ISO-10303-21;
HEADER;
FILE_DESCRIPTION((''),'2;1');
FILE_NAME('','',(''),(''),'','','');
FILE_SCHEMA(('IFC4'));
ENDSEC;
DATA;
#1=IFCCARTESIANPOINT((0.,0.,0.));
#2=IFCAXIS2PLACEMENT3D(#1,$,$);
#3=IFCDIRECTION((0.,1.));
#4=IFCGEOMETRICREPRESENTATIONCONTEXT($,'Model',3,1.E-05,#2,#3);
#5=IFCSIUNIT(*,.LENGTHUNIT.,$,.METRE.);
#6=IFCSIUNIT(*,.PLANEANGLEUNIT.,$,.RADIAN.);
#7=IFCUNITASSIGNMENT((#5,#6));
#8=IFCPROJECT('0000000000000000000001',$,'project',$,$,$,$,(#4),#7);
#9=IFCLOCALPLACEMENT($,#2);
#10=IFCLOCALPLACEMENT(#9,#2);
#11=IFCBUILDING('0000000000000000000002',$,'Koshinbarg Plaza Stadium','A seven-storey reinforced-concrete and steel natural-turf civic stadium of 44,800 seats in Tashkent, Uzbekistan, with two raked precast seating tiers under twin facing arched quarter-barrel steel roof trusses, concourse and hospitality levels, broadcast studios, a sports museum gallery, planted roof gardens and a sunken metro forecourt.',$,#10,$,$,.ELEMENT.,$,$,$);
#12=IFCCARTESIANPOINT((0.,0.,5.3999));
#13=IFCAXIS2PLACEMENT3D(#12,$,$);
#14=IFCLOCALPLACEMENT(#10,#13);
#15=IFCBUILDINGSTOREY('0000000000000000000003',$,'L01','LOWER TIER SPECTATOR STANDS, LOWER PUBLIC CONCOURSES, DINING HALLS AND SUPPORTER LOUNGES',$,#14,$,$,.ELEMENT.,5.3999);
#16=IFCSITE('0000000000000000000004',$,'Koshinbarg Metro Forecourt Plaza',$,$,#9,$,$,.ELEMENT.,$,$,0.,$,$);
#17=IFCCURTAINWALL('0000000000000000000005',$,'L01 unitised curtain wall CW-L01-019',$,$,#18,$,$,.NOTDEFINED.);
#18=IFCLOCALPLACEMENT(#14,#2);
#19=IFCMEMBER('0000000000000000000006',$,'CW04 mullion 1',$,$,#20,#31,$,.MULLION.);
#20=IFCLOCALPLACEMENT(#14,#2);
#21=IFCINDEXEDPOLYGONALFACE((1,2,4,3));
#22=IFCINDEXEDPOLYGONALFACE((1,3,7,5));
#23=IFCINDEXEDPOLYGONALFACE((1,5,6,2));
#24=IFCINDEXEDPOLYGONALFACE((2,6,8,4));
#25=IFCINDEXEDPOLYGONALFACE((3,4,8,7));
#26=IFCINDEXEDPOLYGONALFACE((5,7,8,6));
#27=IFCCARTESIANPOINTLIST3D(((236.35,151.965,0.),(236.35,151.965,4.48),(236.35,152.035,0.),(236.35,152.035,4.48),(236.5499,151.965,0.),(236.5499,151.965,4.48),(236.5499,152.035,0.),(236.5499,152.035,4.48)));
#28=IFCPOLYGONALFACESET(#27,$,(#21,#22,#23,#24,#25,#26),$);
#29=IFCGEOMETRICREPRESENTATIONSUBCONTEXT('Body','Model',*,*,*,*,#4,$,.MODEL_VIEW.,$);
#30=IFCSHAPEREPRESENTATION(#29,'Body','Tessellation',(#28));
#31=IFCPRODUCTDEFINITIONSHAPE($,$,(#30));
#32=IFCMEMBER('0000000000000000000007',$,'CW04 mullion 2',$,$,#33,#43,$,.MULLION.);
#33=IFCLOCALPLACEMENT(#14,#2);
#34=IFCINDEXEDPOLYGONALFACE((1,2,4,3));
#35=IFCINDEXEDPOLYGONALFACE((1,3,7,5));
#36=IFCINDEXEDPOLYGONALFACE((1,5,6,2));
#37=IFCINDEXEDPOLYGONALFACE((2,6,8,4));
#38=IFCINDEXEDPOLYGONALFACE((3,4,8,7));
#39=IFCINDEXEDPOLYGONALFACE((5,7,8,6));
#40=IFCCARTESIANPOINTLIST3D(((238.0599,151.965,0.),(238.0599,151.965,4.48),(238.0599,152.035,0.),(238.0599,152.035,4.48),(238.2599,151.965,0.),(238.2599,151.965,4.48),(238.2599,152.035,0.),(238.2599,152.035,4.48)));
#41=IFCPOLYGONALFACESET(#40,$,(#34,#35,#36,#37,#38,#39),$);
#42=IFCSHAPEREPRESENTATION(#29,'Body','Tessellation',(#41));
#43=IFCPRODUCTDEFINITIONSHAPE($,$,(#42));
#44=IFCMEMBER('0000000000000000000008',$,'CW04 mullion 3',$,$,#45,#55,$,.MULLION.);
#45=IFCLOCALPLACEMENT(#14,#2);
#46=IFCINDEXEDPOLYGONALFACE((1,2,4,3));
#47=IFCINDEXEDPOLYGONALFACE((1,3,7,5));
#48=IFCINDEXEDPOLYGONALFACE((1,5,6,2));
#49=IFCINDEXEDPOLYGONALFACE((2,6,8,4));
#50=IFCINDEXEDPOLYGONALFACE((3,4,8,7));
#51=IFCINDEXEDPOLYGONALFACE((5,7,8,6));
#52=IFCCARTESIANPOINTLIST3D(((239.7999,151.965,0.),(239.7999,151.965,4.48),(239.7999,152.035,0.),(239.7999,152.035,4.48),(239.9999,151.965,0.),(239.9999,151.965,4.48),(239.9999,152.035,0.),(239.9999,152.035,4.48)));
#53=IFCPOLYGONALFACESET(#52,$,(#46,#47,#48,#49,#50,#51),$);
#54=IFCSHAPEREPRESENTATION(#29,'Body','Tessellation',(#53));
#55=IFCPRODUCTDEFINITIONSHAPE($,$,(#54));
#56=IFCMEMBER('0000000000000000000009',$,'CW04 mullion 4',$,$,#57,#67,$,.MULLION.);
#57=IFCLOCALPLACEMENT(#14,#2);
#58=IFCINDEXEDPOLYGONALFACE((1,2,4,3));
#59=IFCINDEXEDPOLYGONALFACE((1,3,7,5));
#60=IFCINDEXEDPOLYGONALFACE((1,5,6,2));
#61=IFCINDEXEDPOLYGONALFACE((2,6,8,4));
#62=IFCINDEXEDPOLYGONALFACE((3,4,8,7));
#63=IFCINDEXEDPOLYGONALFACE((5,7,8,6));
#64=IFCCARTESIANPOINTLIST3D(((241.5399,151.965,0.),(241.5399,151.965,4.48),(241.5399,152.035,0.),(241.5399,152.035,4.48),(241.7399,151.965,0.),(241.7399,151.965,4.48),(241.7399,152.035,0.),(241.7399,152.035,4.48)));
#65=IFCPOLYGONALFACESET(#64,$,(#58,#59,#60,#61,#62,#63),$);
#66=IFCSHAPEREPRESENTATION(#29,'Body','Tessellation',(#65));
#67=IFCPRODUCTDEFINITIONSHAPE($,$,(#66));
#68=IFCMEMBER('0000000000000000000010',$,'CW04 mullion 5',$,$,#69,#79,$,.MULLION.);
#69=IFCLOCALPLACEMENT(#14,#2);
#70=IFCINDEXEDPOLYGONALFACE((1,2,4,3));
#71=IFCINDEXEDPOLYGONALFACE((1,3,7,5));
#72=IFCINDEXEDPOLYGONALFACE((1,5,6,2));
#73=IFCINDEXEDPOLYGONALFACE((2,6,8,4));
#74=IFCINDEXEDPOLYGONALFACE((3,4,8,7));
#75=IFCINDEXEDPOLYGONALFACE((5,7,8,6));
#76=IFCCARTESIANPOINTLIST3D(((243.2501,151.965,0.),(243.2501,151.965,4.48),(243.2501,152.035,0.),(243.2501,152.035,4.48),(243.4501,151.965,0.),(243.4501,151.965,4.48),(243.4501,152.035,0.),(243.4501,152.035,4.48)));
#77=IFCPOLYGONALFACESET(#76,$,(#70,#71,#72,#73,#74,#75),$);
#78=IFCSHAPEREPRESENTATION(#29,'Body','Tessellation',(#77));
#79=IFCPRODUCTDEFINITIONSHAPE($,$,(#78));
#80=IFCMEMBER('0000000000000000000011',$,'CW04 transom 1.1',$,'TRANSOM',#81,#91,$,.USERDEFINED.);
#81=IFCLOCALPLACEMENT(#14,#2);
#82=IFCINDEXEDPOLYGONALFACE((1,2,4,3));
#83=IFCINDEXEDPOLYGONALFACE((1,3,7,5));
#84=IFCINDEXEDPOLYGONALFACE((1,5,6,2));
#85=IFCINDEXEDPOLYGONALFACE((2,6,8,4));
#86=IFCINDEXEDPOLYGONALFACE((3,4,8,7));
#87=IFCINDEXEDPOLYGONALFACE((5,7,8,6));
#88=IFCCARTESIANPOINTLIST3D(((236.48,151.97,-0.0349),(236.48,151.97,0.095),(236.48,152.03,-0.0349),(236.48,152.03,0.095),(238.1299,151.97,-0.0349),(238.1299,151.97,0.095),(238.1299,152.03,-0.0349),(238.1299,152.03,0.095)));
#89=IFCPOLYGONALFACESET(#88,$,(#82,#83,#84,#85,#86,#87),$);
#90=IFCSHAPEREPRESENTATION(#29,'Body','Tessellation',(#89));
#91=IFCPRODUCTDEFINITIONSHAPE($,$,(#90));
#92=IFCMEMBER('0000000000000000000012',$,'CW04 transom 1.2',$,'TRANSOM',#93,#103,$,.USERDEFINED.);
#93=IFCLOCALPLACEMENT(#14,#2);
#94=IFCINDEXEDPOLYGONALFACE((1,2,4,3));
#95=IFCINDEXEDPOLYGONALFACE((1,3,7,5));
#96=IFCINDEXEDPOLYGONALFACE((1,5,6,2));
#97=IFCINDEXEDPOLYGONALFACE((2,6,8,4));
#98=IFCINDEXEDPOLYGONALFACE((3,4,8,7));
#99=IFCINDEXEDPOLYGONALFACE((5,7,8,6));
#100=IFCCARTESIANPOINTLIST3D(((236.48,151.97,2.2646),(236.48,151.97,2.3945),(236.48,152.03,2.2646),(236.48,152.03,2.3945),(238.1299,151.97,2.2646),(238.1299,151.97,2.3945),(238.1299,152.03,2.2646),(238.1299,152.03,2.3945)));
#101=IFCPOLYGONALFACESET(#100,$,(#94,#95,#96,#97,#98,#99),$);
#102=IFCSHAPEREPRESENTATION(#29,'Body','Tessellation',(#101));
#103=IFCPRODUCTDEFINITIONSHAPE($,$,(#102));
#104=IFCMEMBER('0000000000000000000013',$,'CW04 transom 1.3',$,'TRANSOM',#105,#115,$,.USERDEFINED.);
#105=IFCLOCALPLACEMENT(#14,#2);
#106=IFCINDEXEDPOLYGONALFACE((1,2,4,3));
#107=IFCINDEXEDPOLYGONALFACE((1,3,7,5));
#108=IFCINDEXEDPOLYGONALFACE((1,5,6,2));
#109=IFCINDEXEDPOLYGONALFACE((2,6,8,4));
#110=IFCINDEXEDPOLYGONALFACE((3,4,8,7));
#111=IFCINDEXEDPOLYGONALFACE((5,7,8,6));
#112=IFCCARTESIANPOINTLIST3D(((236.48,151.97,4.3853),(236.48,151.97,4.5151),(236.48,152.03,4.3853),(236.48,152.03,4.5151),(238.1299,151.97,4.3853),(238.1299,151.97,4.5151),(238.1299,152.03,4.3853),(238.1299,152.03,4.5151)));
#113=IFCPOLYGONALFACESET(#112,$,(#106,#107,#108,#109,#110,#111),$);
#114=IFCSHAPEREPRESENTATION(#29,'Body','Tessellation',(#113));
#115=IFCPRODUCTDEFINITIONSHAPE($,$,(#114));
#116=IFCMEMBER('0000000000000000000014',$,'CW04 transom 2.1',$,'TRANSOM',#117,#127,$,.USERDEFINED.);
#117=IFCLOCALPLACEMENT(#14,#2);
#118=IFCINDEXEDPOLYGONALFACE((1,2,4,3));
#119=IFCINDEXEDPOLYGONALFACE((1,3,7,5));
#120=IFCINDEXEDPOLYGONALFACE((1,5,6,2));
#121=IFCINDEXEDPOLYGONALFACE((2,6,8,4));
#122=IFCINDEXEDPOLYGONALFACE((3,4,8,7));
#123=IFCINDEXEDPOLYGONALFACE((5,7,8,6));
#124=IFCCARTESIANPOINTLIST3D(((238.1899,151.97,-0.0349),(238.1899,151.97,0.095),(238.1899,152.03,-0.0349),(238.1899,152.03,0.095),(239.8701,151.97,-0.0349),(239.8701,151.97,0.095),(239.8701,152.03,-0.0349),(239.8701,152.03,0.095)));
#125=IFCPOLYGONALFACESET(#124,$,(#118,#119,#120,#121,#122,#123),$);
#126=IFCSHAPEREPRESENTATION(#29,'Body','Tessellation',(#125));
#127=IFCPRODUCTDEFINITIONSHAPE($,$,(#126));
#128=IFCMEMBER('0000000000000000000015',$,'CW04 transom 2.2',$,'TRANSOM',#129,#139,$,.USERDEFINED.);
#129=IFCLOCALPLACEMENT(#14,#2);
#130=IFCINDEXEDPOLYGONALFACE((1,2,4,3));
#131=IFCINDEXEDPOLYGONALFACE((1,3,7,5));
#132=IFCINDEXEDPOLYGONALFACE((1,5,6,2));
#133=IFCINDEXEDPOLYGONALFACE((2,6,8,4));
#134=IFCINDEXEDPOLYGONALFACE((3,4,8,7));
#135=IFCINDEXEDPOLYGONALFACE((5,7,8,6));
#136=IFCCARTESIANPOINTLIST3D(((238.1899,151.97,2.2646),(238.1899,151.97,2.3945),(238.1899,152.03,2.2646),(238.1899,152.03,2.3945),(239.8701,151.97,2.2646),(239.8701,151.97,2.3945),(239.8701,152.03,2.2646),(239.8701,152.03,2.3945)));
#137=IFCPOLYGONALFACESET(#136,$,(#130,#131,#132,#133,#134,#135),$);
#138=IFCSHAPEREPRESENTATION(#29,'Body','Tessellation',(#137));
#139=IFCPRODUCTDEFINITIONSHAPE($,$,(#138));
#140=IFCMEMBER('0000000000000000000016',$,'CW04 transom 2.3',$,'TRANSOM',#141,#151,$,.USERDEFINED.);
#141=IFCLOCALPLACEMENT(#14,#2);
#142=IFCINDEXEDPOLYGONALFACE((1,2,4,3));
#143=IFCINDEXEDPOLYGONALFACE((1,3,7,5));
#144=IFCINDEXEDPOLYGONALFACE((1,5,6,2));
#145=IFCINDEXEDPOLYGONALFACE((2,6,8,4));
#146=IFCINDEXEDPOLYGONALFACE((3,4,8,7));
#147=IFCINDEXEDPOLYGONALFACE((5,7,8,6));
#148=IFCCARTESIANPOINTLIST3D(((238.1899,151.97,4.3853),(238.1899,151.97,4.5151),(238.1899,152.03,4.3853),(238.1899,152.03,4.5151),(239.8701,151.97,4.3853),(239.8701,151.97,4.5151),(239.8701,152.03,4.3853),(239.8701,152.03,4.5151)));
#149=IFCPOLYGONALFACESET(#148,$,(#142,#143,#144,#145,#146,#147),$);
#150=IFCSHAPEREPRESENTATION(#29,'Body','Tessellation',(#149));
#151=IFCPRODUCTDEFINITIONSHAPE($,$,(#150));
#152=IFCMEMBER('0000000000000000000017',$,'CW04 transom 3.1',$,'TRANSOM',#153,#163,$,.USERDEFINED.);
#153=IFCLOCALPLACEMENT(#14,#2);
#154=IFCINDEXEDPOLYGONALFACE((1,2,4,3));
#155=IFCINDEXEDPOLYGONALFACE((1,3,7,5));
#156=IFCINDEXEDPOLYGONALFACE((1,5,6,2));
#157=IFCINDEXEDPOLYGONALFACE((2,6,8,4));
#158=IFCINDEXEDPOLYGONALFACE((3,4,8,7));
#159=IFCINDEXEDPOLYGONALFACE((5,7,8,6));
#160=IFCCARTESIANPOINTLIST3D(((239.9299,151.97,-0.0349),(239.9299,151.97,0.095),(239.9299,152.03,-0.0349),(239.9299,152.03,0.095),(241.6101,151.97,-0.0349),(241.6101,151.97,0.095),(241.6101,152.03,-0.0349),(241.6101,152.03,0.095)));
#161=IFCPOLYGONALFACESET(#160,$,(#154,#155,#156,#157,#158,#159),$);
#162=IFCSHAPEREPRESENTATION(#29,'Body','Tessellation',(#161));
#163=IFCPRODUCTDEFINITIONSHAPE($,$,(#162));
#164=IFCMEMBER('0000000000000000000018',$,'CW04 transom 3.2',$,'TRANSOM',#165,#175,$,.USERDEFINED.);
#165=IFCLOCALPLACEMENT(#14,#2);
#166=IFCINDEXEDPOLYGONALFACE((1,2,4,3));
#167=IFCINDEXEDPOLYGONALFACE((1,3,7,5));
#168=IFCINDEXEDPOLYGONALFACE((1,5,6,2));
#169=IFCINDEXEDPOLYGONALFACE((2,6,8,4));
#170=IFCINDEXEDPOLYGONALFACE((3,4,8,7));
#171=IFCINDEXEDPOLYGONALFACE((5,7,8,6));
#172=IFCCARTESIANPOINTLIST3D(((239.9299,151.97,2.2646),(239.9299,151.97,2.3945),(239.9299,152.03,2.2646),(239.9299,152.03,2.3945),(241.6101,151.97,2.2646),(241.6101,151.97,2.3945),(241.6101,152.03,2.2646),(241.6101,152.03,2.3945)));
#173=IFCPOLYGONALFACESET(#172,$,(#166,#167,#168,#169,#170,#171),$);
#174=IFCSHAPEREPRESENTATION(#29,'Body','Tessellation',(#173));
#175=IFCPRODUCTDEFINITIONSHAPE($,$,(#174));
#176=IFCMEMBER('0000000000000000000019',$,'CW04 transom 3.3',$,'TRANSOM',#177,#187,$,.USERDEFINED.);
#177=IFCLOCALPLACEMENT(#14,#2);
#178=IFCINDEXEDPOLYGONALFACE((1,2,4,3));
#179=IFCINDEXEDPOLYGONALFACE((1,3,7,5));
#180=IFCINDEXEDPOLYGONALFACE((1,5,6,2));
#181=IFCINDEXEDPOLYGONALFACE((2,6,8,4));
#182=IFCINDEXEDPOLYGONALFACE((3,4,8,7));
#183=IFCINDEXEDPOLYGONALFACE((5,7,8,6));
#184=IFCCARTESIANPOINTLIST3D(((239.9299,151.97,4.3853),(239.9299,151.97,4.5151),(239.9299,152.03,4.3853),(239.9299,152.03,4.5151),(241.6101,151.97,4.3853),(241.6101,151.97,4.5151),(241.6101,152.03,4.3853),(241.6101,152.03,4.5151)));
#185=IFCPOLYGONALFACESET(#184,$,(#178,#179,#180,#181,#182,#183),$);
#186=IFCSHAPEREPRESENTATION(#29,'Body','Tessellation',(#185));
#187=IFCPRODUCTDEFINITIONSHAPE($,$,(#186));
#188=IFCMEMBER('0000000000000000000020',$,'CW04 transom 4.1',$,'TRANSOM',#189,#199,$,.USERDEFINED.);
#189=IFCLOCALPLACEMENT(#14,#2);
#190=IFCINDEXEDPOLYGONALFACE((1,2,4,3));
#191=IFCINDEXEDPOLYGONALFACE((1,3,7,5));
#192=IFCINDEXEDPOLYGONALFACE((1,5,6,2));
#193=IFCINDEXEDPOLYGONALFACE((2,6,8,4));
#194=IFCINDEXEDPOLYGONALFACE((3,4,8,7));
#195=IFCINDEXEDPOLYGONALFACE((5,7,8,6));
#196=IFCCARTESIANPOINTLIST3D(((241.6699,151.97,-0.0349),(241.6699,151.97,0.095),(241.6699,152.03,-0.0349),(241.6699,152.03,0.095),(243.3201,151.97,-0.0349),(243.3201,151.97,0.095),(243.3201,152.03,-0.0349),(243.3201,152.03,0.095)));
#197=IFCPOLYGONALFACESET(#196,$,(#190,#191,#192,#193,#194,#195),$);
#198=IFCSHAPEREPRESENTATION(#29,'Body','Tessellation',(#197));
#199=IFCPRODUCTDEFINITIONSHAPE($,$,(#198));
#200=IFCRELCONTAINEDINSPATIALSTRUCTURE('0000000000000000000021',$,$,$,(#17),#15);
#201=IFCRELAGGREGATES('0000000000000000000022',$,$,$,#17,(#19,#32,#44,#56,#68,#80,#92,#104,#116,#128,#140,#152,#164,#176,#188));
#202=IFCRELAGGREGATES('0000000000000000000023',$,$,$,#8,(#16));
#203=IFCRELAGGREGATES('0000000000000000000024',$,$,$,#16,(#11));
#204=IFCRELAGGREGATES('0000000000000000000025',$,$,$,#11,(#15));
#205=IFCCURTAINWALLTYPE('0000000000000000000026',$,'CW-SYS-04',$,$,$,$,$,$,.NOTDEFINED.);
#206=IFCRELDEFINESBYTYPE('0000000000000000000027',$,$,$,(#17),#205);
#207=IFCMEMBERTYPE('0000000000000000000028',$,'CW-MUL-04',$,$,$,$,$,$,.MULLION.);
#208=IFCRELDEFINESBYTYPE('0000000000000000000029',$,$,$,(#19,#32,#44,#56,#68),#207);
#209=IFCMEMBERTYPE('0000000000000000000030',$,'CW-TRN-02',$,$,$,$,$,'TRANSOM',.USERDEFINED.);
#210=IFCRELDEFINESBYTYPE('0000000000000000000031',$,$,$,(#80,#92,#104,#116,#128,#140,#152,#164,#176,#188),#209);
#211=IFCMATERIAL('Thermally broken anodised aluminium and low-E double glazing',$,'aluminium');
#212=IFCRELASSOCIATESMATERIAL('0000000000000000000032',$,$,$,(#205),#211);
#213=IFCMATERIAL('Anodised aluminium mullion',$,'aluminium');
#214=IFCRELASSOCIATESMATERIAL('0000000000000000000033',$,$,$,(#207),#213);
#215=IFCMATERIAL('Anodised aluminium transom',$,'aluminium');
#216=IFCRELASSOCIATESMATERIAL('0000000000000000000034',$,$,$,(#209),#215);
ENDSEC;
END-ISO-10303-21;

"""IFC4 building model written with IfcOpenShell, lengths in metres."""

from ifc_helpers import new_model, si_unit, direction, frame, origin, origin_2d, place, context, subcontext, project, spatial, rectangle, extrude, material, material_profile, profile_set, type_object, element, aggregate, save


model = new_model("IFC4")

# Units and contexts
model_context = context("Model", 3, precision=1e-05, world=origin(), true_north=direction((0.0, 1.0)))
body_context = subcontext(model_context, "Body", "Model", "MODEL_VIEW")
ifc_project = project(units=[si_unit("LENGTHUNIT", "METRE"), si_unit("PLANEANGLEUNIT", "RADIAN")], contexts=[model_context])

# Site, building, storey
site_placement = place(None, origin())
site = spatial("IfcSite", under=ifc_project, at=site_placement, Name="Koshinbarg Metro Forecourt Plaza", CompositionType="ELEMENT", RefElevation=0.0)
building_placement = place(site_placement, origin())
building = spatial("IfcBuilding", under=site, at=building_placement, Name="Koshinbarg Plaza Stadium", Description="A seven-storey reinforced-concrete and steel natural-turf civic stadium of 44,800 seats in Tashkent, Uzbekistan, with two raked precast seating tiers under twin facing arched quarter-barrel steel roof trusses, concourse and hospitality levels, broadcast studios, a sports museum gallery, planted roof gardens and a sunken metro forecourt.", CompositionType="ELEMENT")
storey_placement = place(building_placement, frame((0.0, 0.0, 5.3999)))
storey = spatial("IfcBuildingStorey", under=building, at=storey_placement, Name="L01", Description="LOWER TIER SPECTATOR STANDS, LOWER PUBLIC CONCOURSES, DINING HALLS AND SUPPORTER LOUNGES", CompositionType="ELEMENT", Elevation=5.3999)

# Curtain wall, members
ifc_material_1 = material(Name="Thermally broken anodised aluminium and low-E double glazing", Category="aluminium")
curtain_wall_type = type_object("IfcCurtainWallType", Name="CW-SYS-04", PredefinedType="NOTDEFINED", material=ifc_material_1)
curtain_wall_placement = place(storey_placement, origin())
curtain_wall = element("IfcCurtainWall", 1, at=curtain_wall_placement, inside=storey, type_object=curtain_wall_type, Name="L01 unitised curtain wall CW-L01-019", PredefinedType="NOTDEFINED")
ifc_material_2 = material(Name="Anodised aluminium mullion", Category="aluminium")
ifc_material_profile_1 = material_profile(ifc_material_2, rectangle(XDim=0.0701, YDim=0.2, at=origin_2d()), Name="ALU 70x200")
ifc_profile_set_1 = profile_set([ifc_material_profile_1], Name="Anodised aluminium mullion")
member_type_1 = type_object("IfcMemberType", Name="CW-MUL-04", PredefinedType="MULLION", material=ifc_profile_set_1)
member_1_placement = place(storey_placement, frame((236.45, 152.0, 0.0), z_axis=(0.0, 0.0, 1.0), x_axis=(0.0, 1.0, 0.0)))
member_1 = element("IfcMember", 2, at=member_1_placement, type_object=member_type_1, Name="CW04 mullion 1", PredefinedType="MULLION", context=body_context, shape_type="SweptSolid", body=[
    extrude(rectangle(XDim=0.0701, YDim=0.2, at=origin_2d()), origin(), (0.0, 0.0, 1.0), 4.48),
])
member_2_placement = place(storey_placement, frame((238.1599, 152.0, 0.0), z_axis=(0.0, 0.0, 1.0), x_axis=(0.0, 1.0, 0.0)))
member_2 = element("IfcMember", 3, at=member_2_placement, type_object=member_type_1, Name="CW04 mullion 2", PredefinedType="MULLION", context=body_context, shape_type="SweptSolid", body=[
    extrude(rectangle(XDim=0.0701, YDim=0.2, at=origin_2d()), origin(), (0.0, 0.0, 1.0), 4.48),
])
member_3_placement = place(storey_placement, frame((239.8999, 152.0, 0.0), z_axis=(0.0, 0.0, 1.0), x_axis=(0.0, 1.0, 0.0)))
member_3 = element("IfcMember", 4, at=member_3_placement, type_object=member_type_1, Name="CW04 mullion 3", PredefinedType="MULLION", context=body_context, shape_type="SweptSolid", body=[
    extrude(rectangle(XDim=0.0701, YDim=0.2, at=origin_2d()), origin(), (0.0, 0.0, 1.0), 4.48),
])
member_4_placement = place(storey_placement, frame((241.6399, 152.0, 0.0), z_axis=(0.0, 0.0, 1.0), x_axis=(0.0, 1.0, 0.0)))
member_4 = element("IfcMember", 5, at=member_4_placement, type_object=member_type_1, Name="CW04 mullion 4", PredefinedType="MULLION", context=body_context, shape_type="SweptSolid", body=[
    extrude(rectangle(XDim=0.0701, YDim=0.2, at=origin_2d()), origin(), (0.0, 0.0, 1.0), 4.48),
])
member_5_placement = place(storey_placement, frame((243.3501, 152.0, 0.0), z_axis=(0.0, 0.0, 1.0), x_axis=(0.0, 1.0, 0.0)))
member_5 = element("IfcMember", 6, at=member_5_placement, type_object=member_type_1, Name="CW04 mullion 5", PredefinedType="MULLION", context=body_context, shape_type="SweptSolid", body=[
    extrude(rectangle(XDim=0.0701, YDim=0.2, at=origin_2d()), origin(), (0.0, 0.0, 1.0), 4.48),
])
ifc_material_3 = material(Name="Anodised aluminium transom", Category="aluminium")
ifc_material_profile_2 = material_profile(ifc_material_3, rectangle(XDim=0.0601, YDim=0.1299, at=origin_2d()), Name="ALU 60x130")
ifc_profile_set_2 = profile_set([ifc_material_profile_2], Name="Anodised aluminium transom")
member_type_2 = type_object("IfcMemberType", Name="CW-TRN-02", ElementType="TRANSOM", PredefinedType="USERDEFINED", material=ifc_profile_set_2)
member_6_placement = place(storey_placement, frame((236.48, 152.0, 0.03), z_axis=(1.0, 0.0, 0.0), x_axis=(0.0, 1.0, 0.0)))
member_6 = element("IfcMember", 7, at=member_6_placement, type_object=member_type_2, Name="CW04 transom 1.1", ObjectType="TRANSOM", PredefinedType="USERDEFINED", context=body_context, shape_type="SweptSolid", body=[
    extrude(rectangle(XDim=0.0601, YDim=0.1299, at=origin_2d()), origin(), (0.0, 0.0, 1.0), 1.6499),
])
member_7_placement = place(storey_placement, frame((236.48, 152.0, 2.3296), z_axis=(1.0, 0.0, 0.0), x_axis=(0.0, 1.0, 0.0)))
member_7 = element("IfcMember", 8, at=member_7_placement, type_object=member_type_2, Name="CW04 transom 1.2", ObjectType="TRANSOM", PredefinedType="USERDEFINED", context=body_context, shape_type="SweptSolid", body=[
    extrude(rectangle(XDim=0.0601, YDim=0.1299, at=origin_2d()), origin(), (0.0, 0.0, 1.0), 1.6499),
])
member_8_placement = place(storey_placement, frame((236.48, 152.0, 4.4502), z_axis=(1.0, 0.0, 0.0), x_axis=(0.0, 1.0, 0.0)))
member_8 = element("IfcMember", 9, at=member_8_placement, type_object=member_type_2, Name="CW04 transom 1.3", ObjectType="TRANSOM", PredefinedType="USERDEFINED", context=body_context, shape_type="SweptSolid", body=[
    extrude(rectangle(XDim=0.0601, YDim=0.1299, at=origin_2d()), origin(), (0.0, 0.0, 1.0), 1.6499),
])
member_9_placement = place(storey_placement, frame((238.1899, 152.0, 0.03), z_axis=(1.0, 0.0, 0.0), x_axis=(0.0, 1.0, 0.0)))
member_9 = element("IfcMember", 10, at=member_9_placement, type_object=member_type_2, Name="CW04 transom 2.1", ObjectType="TRANSOM", PredefinedType="USERDEFINED", context=body_context, shape_type="SweptSolid", body=[
    extrude(rectangle(XDim=0.0601, YDim=0.1299, at=origin_2d()), origin(), (0.0, 0.0, 1.0), 1.6802),
])
member_10_placement = place(storey_placement, frame((238.1899, 152.0, 2.3296), z_axis=(1.0, 0.0, 0.0), x_axis=(0.0, 1.0, 0.0)))
member_10 = element("IfcMember", 11, at=member_10_placement, type_object=member_type_2, Name="CW04 transom 2.2", ObjectType="TRANSOM", PredefinedType="USERDEFINED", context=body_context, shape_type="SweptSolid", body=[
    extrude(rectangle(XDim=0.0601, YDim=0.1299, at=origin_2d()), origin(), (0.0, 0.0, 1.0), 1.6802),
])
member_11_placement = place(storey_placement, frame((238.1899, 152.0, 4.4502), z_axis=(1.0, 0.0, 0.0), x_axis=(0.0, 1.0, 0.0)))
member_11 = element("IfcMember", 12, at=member_11_placement, type_object=member_type_2, Name="CW04 transom 2.3", ObjectType="TRANSOM", PredefinedType="USERDEFINED", context=body_context, shape_type="SweptSolid", body=[
    extrude(rectangle(XDim=0.0601, YDim=0.1299, at=origin_2d()), origin(), (0.0, 0.0, 1.0), 1.6802),
])
member_12_placement = place(storey_placement, frame((239.9299, 152.0, 0.03), z_axis=(1.0, 0.0, 0.0), x_axis=(0.0, 1.0, 0.0)))
member_12 = element("IfcMember", 13, at=member_12_placement, type_object=member_type_2, Name="CW04 transom 3.1", ObjectType="TRANSOM", PredefinedType="USERDEFINED", context=body_context, shape_type="SweptSolid", body=[
    extrude(rectangle(XDim=0.0601, YDim=0.1299, at=origin_2d()), origin(), (0.0, 0.0, 1.0), 1.6802),
])
member_13_placement = place(storey_placement, frame((239.9299, 152.0, 2.3296), z_axis=(1.0, 0.0, 0.0), x_axis=(0.0, 1.0, 0.0)))
member_13 = element("IfcMember", 14, at=member_13_placement, type_object=member_type_2, Name="CW04 transom 3.2", ObjectType="TRANSOM", PredefinedType="USERDEFINED", context=body_context, shape_type="SweptSolid", body=[
    extrude(rectangle(XDim=0.0601, YDim=0.1299, at=origin_2d()), origin(), (0.0, 0.0, 1.0), 1.6802),
])
member_14_placement = place(storey_placement, frame((239.9299, 152.0, 4.4502), z_axis=(1.0, 0.0, 0.0), x_axis=(0.0, 1.0, 0.0)))
member_14 = element("IfcMember", 15, at=member_14_placement, type_object=member_type_2, Name="CW04 transom 3.3", ObjectType="TRANSOM", PredefinedType="USERDEFINED", context=body_context, shape_type="SweptSolid", body=[
    extrude(rectangle(XDim=0.0601, YDim=0.1299, at=origin_2d()), origin(), (0.0, 0.0, 1.0), 1.6802),
])
member_15_placement = place(storey_placement, frame((241.6699, 152.0, 0.03), z_axis=(1.0, 0.0, 0.0), x_axis=(0.0, 1.0, 0.0)))
member_15 = element("IfcMember", 16, at=member_15_placement, type_object=member_type_2, Name="CW04 transom 4.1", ObjectType="TRANSOM", PredefinedType="USERDEFINED", context=body_context, shape_type="SweptSolid", body=[
    extrude(rectangle(XDim=0.0601, YDim=0.1299, at=origin_2d()), origin(), (0.0, 0.0, 1.0), 1.6501),
])
aggregate(curtain_wall, [member_1, member_2, member_3, member_4, member_5, member_6, member_7, member_8, member_9, member_10, member_11, member_12, member_13, member_14, member_15])

save(model, "model.ifc")
